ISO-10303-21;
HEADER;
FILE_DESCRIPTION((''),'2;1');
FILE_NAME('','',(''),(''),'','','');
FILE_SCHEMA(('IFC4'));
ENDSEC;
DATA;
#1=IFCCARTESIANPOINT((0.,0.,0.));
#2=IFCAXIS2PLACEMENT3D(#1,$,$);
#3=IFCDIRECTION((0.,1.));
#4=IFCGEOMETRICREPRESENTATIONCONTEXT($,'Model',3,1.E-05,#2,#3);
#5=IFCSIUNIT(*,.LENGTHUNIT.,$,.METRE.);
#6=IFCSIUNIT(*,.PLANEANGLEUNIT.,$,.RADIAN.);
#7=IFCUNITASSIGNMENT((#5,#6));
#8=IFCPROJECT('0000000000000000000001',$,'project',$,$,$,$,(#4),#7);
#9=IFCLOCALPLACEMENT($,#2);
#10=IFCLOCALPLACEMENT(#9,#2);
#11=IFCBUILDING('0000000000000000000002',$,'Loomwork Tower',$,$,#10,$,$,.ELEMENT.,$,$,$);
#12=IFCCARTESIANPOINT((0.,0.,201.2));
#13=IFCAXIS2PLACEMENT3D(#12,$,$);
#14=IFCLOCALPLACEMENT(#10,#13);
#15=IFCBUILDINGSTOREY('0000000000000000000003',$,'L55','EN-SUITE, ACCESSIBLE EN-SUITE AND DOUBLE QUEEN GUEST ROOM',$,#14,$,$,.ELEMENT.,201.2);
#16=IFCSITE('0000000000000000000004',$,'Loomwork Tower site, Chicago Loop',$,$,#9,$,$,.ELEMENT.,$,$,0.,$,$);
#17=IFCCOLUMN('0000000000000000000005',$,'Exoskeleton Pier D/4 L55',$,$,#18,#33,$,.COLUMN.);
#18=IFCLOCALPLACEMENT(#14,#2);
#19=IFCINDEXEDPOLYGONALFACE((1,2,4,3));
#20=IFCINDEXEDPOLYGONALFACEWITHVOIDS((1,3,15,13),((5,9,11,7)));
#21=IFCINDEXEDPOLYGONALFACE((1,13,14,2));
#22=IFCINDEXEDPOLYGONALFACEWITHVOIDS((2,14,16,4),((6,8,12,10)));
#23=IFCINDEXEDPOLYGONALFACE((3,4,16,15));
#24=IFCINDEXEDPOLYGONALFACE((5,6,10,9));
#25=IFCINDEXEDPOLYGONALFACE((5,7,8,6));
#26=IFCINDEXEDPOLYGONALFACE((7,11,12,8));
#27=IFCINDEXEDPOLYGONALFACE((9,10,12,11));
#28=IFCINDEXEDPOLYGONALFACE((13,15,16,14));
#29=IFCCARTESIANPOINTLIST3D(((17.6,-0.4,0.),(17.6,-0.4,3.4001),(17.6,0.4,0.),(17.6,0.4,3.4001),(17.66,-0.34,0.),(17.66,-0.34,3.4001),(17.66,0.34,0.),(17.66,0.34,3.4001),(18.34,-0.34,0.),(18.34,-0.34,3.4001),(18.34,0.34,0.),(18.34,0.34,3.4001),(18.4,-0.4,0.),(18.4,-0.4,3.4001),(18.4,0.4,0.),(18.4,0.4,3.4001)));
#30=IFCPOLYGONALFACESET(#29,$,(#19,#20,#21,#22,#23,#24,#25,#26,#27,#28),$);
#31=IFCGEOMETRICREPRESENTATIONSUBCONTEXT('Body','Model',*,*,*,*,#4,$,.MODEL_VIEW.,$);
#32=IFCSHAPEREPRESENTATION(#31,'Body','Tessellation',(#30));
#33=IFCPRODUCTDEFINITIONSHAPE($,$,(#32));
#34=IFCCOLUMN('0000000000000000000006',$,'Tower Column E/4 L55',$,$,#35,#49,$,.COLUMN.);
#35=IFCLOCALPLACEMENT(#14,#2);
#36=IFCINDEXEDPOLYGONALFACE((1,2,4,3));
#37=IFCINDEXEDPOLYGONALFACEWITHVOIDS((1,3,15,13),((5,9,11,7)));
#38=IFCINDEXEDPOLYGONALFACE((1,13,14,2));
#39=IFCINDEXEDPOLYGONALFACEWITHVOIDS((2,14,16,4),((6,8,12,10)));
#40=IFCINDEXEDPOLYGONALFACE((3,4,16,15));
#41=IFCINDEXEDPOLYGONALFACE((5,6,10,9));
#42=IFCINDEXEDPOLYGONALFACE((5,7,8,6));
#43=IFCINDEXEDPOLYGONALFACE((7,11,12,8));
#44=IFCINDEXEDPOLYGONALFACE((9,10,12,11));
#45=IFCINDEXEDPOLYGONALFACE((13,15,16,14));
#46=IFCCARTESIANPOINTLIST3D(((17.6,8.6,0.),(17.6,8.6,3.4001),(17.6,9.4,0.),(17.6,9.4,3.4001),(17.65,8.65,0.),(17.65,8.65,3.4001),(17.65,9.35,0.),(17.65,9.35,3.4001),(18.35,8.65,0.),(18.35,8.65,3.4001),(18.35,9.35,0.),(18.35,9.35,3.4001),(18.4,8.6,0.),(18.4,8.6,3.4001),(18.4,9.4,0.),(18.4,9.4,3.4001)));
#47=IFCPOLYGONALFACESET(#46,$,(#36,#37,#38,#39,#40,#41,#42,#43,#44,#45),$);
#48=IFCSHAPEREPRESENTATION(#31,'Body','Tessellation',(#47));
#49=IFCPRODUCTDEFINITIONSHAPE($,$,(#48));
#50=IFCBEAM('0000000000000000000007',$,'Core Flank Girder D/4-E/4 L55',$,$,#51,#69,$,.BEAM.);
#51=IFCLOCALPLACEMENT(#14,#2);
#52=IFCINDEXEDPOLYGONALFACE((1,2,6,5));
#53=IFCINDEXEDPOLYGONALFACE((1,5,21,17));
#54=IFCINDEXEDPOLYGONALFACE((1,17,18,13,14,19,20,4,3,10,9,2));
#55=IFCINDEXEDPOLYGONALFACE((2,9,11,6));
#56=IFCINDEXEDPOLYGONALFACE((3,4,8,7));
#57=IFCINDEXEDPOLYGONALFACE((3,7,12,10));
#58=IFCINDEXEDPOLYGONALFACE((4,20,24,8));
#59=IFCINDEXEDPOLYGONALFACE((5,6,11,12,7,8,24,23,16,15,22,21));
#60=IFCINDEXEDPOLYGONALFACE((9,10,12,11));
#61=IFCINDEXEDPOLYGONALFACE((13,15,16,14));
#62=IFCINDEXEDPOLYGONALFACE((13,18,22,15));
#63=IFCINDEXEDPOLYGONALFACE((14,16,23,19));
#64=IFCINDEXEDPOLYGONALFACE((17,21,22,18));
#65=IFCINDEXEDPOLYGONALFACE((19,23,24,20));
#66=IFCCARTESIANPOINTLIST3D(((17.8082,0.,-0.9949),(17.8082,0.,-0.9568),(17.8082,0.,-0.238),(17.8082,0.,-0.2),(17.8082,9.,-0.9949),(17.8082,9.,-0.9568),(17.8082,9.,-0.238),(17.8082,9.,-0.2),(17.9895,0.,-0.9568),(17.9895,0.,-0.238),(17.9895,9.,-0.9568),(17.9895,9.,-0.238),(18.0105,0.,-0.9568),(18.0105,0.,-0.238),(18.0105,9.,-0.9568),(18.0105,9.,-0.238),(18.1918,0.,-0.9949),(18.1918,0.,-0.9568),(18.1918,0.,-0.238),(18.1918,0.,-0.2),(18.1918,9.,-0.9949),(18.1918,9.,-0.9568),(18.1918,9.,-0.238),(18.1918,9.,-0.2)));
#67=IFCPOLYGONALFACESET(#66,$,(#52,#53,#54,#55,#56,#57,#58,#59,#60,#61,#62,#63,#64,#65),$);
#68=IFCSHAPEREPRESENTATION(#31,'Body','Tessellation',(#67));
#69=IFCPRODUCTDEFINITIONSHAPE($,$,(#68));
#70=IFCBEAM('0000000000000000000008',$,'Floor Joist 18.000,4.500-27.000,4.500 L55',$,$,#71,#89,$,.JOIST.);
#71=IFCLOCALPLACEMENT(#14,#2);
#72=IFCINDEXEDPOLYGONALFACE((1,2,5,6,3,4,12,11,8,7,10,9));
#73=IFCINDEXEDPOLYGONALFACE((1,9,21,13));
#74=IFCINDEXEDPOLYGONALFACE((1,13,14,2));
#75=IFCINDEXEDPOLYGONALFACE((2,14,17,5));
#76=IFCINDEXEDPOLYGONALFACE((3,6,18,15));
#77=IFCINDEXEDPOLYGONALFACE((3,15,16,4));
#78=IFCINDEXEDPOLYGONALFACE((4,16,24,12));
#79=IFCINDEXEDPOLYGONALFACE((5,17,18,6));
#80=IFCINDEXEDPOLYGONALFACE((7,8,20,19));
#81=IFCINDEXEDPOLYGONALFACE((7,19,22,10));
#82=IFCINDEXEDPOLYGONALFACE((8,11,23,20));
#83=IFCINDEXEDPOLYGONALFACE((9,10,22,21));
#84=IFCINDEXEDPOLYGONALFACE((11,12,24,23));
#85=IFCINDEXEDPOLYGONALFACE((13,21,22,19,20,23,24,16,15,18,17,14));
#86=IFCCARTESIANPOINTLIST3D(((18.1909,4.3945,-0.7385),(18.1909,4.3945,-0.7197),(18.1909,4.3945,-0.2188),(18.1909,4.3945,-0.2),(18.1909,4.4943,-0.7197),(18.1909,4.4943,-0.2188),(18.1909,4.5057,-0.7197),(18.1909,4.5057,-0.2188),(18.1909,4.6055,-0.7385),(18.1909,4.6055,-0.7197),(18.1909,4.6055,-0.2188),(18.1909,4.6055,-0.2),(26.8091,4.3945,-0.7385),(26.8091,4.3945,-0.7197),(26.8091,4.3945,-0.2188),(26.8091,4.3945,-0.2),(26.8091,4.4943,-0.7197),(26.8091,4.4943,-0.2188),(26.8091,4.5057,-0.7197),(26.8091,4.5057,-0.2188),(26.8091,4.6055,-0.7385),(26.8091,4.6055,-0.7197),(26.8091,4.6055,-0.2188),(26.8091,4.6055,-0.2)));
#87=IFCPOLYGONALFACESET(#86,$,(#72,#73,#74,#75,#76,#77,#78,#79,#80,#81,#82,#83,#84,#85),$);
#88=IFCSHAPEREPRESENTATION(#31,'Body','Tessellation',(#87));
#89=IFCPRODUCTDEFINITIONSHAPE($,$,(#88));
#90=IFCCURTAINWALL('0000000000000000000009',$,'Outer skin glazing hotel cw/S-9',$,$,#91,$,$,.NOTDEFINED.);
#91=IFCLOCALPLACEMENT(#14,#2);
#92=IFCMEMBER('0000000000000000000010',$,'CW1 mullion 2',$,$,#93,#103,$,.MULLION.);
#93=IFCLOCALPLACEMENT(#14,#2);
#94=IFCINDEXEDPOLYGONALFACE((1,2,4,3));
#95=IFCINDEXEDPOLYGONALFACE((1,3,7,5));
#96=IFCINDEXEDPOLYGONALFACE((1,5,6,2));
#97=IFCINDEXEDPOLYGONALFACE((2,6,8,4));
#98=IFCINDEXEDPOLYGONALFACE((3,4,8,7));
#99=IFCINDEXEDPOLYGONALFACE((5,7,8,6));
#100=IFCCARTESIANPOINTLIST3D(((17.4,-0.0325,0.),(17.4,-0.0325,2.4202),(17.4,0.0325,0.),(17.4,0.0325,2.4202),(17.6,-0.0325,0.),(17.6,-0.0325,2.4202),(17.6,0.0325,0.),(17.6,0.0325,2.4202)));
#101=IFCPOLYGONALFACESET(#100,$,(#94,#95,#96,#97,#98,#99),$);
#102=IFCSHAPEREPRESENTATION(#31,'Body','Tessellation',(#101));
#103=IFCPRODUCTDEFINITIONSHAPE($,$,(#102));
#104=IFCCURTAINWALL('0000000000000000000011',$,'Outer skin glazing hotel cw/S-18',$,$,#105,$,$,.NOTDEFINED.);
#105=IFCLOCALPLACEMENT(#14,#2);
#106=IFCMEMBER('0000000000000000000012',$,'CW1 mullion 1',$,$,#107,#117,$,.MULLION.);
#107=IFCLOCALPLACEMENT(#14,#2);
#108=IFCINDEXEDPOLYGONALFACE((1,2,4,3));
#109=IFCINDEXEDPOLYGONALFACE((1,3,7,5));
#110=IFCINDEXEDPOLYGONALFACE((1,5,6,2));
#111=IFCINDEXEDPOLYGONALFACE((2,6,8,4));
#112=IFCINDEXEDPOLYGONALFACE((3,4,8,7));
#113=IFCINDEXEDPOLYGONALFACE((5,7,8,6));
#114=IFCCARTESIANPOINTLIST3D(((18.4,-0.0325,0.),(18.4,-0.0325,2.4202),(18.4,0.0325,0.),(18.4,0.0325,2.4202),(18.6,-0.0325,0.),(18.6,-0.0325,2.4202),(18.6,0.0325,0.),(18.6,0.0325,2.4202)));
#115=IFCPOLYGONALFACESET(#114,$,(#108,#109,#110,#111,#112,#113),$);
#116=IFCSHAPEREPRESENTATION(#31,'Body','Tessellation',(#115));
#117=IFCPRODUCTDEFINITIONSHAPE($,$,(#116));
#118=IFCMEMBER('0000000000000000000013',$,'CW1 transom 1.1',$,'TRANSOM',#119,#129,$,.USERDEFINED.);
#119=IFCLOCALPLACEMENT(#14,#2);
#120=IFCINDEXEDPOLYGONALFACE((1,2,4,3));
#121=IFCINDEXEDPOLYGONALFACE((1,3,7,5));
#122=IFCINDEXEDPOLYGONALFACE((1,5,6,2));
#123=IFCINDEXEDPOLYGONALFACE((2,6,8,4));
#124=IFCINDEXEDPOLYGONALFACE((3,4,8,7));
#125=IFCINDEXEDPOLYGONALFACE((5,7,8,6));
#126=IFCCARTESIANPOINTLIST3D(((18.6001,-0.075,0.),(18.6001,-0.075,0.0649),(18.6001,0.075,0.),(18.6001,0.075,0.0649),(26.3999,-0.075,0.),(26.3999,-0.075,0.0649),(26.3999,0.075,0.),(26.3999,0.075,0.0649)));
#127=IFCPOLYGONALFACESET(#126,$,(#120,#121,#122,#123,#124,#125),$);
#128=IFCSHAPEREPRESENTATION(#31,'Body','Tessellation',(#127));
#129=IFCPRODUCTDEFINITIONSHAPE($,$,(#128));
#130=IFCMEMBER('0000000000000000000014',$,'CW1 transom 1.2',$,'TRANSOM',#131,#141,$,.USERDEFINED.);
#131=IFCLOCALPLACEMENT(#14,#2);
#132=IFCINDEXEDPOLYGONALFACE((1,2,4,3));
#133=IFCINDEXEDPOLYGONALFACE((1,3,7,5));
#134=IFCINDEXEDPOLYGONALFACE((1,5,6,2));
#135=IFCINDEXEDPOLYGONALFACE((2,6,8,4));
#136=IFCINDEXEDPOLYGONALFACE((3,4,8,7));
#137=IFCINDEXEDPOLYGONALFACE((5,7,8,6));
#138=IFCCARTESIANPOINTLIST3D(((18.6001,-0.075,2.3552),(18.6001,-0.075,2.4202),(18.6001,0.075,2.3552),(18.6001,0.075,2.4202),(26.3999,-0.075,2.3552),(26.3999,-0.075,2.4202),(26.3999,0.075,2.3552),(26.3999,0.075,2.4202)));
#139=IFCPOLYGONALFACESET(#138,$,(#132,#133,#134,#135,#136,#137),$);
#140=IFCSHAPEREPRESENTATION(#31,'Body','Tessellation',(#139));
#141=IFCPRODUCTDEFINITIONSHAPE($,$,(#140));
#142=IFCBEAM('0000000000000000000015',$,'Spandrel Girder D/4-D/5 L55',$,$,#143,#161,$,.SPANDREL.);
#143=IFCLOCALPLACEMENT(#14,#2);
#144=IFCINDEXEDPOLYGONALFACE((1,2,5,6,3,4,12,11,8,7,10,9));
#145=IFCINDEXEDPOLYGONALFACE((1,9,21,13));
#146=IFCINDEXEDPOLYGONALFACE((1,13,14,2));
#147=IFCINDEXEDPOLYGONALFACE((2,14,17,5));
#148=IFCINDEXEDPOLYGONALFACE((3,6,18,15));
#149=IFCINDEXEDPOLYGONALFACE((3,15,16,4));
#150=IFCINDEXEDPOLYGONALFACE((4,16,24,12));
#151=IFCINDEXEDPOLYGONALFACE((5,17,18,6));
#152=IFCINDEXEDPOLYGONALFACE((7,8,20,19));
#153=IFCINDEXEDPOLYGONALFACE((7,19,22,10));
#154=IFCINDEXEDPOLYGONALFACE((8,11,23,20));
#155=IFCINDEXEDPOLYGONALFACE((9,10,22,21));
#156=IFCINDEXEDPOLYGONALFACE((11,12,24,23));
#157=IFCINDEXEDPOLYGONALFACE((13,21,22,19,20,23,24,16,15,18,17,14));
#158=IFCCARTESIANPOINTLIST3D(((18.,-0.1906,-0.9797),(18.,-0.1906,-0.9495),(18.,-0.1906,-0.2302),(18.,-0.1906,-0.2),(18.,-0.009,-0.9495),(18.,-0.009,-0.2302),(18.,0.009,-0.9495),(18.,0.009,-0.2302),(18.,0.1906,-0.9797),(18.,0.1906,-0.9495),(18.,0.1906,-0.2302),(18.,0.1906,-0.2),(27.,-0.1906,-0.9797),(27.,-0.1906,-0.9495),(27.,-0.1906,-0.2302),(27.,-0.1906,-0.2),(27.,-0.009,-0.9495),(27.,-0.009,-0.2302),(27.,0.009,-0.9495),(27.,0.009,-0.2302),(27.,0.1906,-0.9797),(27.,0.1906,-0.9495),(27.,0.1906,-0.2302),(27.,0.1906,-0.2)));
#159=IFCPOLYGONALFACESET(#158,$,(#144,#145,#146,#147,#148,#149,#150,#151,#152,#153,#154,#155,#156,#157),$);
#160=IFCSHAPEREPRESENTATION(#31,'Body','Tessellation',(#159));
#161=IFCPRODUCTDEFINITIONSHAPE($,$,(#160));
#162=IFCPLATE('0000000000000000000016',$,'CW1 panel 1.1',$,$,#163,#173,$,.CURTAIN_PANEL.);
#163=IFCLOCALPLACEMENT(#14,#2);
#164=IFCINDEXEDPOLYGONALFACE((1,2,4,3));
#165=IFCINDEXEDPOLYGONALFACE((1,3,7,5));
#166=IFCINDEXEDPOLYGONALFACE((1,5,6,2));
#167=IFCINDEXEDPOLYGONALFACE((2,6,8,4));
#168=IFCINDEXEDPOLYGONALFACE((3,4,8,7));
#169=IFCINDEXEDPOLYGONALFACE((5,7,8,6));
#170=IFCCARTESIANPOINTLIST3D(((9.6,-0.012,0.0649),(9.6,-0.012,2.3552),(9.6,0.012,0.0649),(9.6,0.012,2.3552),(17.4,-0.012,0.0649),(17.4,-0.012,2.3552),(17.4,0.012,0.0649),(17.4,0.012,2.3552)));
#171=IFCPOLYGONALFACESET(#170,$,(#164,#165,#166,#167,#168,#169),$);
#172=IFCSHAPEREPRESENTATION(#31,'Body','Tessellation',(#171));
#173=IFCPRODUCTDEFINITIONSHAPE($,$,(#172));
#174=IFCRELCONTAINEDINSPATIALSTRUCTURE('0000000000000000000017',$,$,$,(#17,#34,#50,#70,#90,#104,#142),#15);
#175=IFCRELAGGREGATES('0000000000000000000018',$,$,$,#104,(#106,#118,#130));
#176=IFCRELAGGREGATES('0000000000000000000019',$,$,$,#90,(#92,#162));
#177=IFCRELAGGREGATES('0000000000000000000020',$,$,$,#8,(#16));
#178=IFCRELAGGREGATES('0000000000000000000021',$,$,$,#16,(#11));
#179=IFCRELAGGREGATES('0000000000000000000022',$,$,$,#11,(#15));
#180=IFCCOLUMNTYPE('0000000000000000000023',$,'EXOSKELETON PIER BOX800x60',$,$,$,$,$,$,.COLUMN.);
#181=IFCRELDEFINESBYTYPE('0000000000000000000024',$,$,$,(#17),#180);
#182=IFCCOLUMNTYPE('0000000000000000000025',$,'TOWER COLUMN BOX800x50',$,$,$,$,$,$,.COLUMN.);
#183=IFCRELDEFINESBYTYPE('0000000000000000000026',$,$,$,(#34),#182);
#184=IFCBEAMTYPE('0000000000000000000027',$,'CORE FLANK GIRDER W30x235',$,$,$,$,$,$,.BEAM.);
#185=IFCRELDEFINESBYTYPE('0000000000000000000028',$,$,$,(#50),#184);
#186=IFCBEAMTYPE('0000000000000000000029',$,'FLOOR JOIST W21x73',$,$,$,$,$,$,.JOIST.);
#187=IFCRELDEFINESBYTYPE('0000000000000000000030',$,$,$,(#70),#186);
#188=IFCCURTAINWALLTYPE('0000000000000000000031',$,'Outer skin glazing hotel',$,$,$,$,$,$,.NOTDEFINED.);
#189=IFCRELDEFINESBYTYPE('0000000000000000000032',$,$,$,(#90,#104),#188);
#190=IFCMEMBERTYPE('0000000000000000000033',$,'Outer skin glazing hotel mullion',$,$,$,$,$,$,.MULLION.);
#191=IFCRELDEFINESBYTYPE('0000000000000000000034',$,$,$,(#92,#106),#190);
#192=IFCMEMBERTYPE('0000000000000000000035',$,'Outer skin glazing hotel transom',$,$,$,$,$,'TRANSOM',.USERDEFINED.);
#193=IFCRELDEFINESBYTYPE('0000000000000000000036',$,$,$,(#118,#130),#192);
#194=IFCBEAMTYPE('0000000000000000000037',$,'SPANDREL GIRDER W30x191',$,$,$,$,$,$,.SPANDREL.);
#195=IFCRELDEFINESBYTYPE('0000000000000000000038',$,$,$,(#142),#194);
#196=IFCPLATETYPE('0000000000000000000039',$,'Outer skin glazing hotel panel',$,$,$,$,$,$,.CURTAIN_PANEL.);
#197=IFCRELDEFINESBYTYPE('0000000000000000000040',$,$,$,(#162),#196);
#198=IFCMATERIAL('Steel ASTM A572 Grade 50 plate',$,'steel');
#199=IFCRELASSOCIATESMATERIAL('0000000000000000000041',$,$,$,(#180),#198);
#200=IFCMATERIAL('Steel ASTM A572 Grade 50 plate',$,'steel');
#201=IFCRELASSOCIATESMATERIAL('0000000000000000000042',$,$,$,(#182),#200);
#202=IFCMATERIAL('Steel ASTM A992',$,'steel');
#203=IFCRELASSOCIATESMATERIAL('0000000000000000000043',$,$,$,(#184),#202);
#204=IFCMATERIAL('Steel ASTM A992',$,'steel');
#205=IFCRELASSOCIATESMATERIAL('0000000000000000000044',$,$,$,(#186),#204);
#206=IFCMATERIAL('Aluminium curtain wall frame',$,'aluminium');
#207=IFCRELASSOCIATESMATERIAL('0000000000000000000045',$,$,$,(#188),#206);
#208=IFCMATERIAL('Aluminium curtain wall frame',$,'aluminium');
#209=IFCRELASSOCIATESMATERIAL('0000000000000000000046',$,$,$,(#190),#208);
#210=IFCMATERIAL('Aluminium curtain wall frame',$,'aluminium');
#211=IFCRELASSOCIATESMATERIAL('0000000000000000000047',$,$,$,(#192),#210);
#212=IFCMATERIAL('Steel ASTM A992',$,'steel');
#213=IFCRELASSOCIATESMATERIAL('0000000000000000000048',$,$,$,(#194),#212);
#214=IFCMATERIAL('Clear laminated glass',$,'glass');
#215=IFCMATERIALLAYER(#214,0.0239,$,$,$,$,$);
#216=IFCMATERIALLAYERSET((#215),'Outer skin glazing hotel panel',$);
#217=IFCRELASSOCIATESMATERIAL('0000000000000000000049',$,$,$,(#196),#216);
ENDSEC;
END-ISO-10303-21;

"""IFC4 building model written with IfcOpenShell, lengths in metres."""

from ifc_helpers import new_model, si_unit, direction, frame, origin, origin_2d, place, context, subcontext, project, spatial, rectangle, hollow_rectangle, i_section, extrude, material, layer, layer_set, material_profile, profile_set, type_object, element, aggregate, save


model = new_model("IFC4")

# Units and contexts
model_context = context("Model", 3, precision=1e-05, world=origin(), true_north=direction((0.0, 1.0)))
body_context = subcontext(model_context, "Body", "Model", "MODEL_VIEW")
ifc_project = project(units=[si_unit("LENGTHUNIT", "METRE"), si_unit("PLANEANGLEUNIT", "RADIAN")], contexts=[model_context])

# Site, building, storey
site_placement = place(None, origin())
site = spatial("IfcSite", under=ifc_project, at=site_placement, Name="Loomwork Tower site, Chicago Loop", CompositionType="ELEMENT", RefElevation=0.0)
building_placement = place(site_placement, origin())
building = spatial("IfcBuilding", under=site, at=building_placement, Name="Loomwork Tower", CompositionType="ELEMENT")
storey_placement = place(building_placement, frame((0.0, 0.0, 201.2)))
storey = spatial("IfcBuildingStorey", under=building, at=storey_placement, Name="L55", Description="EN-SUITE, ACCESSIBLE EN-SUITE AND DOUBLE QUEEN GUEST ROOM", CompositionType="ELEMENT", Elevation=201.2)

# Columns
ifc_material_1 = material(Name="Steel ASTM A572 Grade 50 plate", Category="steel")
ifc_material_profile_1 = material_profile(ifc_material_1, hollow_rectangle(XDim=0.8, YDim=0.8, WallThickness=0.0601, at=origin_2d()), Name="BOX800x60")
ifc_profile_set_1 = profile_set([ifc_material_profile_1], Name="Steel ASTM A572 Grade 50 plate")
column_type_1 = type_object("IfcColumnType", Name="EXOSKELETON PIER BOX800x60", PredefinedType="COLUMN", material=ifc_profile_set_1)
column_1_placement = place(storey_placement, frame((18.0, 0.0, 0.0), z_axis=(0.0, 0.0, 1.0), x_axis=(1.0, 0.0, 0.0)))
element("IfcColumn", 1, at=column_1_placement, inside=storey, type_object=column_type_1, Name="Exoskeleton Pier D/4 L55", PredefinedType="COLUMN", context=body_context, shape_type="SweptSolid", body=[
    extrude(hollow_rectangle(XDim=0.8, YDim=0.8, WallThickness=0.0601, at=origin_2d()), origin(), (0.0, 0.0, 1.0), 3.4001),
])
ifc_material_2 = material(Name="Steel ASTM A572 Grade 50 plate", Category="steel")
ifc_material_profile_2 = material_profile(ifc_material_2, hollow_rectangle(XDim=0.8, YDim=0.8, WallThickness=0.05, at=origin_2d()), Name="BOX800x50")
ifc_profile_set_2 = profile_set([ifc_material_profile_2], Name="Steel ASTM A572 Grade 50 plate")
column_type_2 = type_object("IfcColumnType", Name="TOWER COLUMN BOX800x50", PredefinedType="COLUMN", material=ifc_profile_set_2)
column_2_placement = place(storey_placement, frame((18.0, 9.0, 0.0), z_axis=(0.0, 0.0, 1.0), x_axis=(1.0, 0.0, 0.0)))
element("IfcColumn", 2, at=column_2_placement, inside=storey, type_object=column_type_2, Name="Tower Column E/4 L55", PredefinedType="COLUMN", context=body_context, shape_type="SweptSolid", body=[
    extrude(hollow_rectangle(XDim=0.8, YDim=0.8, WallThickness=0.05, at=origin_2d()), origin(), (0.0, 0.0, 1.0), 3.4001),
])

# Beams
ifc_material_3 = material(Name="Steel ASTM A992", Category="steel")
ifc_material_profile_3 = material_profile(ifc_material_3, i_section(OverallWidth=0.3835, OverallDepth=0.7949, WebThickness=0.021, FlangeThickness=0.0381, at=origin_2d()), Name="W30x235")
ifc_profile_set_3 = profile_set([ifc_material_profile_3], Name="Steel ASTM A992")
beam_type_1 = type_object("IfcBeamType", Name="CORE FLANK GIRDER W30x235", PredefinedType="BEAM", material=ifc_profile_set_3)
beam_1_placement = place(storey_placement, frame((18.0, 0.0, -0.5974), z_axis=(0.0, 1.0, 0.0), x_axis=(-1.0, 0.0, 0.0)))
element("IfcBeam", 3, at=beam_1_placement, inside=storey, type_object=beam_type_1, Name="Core Flank Girder D/4-E/4 L55", PredefinedType="BEAM", context=body_context, shape_type="SweptSolid", body=[
    extrude(i_section(OverallWidth=0.3835, OverallDepth=0.7949, WebThickness=0.021, FlangeThickness=0.0381, at=origin_2d()), origin(), (0.0, 0.0, 1.0), 9.0),
])
ifc_material_4 = material(Name="Steel ASTM A992", Category="steel")
ifc_material_profile_4 = material_profile(ifc_material_4, i_section(OverallWidth=0.2109, OverallDepth=0.5386, WebThickness=0.0115, FlangeThickness=0.0188, at=origin_2d()), Name="W21x73")
ifc_profile_set_4 = profile_set([ifc_material_profile_4], Name="Steel ASTM A992")
beam_type_2 = type_object("IfcBeamType", Name="FLOOR JOIST W21x73", PredefinedType="JOIST", material=ifc_profile_set_4)
beam_2_placement = place(storey_placement, frame((18.1909, 4.5, -0.4692), z_axis=(1.0, 0.0, 0.0), x_axis=(0.0, 1.0, 0.0)))
element("IfcBeam", 4, at=beam_2_placement, inside=storey, type_object=beam_type_2, Name="Floor Joist 18.000,4.500-27.000,4.500 L55", PredefinedType="JOIST", context=body_context, shape_type="SweptSolid", body=[
    extrude(i_section(OverallWidth=0.2109, OverallDepth=0.5386, WebThickness=0.0115, FlangeThickness=0.0188, at=origin_2d()), origin(), (0.0, 0.0, 1.0), 8.6182),
])

# Curtain wall, member
ifc_material_5 = material(Name="Aluminium curtain wall frame", Category="aluminium")
curtain_wall_type = type_object("IfcCurtainWallType", Name="Outer skin glazing hotel", PredefinedType="NOTDEFINED", material=ifc_material_5)
curtain_wall_1_placement = place(storey_placement, origin())
curtain_wall_1 = element("IfcCurtainWall", 5, at=curtain_wall_1_placement, inside=storey, type_object=curtain_wall_type, Name="Outer skin glazing hotel cw/S-9", PredefinedType="NOTDEFINED")
ifc_material_6 = material(Name="Aluminium curtain wall frame", Category="aluminium")
ifc_material_profile_5 = material_profile(ifc_material_6, rectangle(XDim=0.0649, YDim=0.2, at=origin_2d()), Name="AL 65x200")
ifc_profile_set_5 = profile_set([ifc_material_profile_5], Name="Aluminium curtain wall frame")
member_type_1 = type_object("IfcMemberType", Name="Outer skin glazing hotel mullion", PredefinedType="MULLION", material=ifc_profile_set_5)
member_1_placement = place(storey_placement, frame((17.5, 0.0, 0.0), z_axis=(0.0, 0.0, 1.0), x_axis=(0.0, 1.0, 0.0)))
member_1 = element("IfcMember", 6, at=member_1_placement, type_object=member_type_1, Name="CW1 mullion 2", PredefinedType="MULLION", context=body_context, shape_type="SweptSolid", body=[
    extrude(rectangle(XDim=0.0649, YDim=0.2, at=origin_2d()), origin(), (0.0, 0.0, 1.0), 2.4202),
])

# Curtain wall, members
curtain_wall_2_placement = place(storey_placement, origin())
curtain_wall_2 = element("IfcCurtainWall", 7, at=curtain_wall_2_placement, inside=storey, type_object=curtain_wall_type, Name="Outer skin glazing hotel cw/S-18", PredefinedType="NOTDEFINED")
member_2_placement = place(storey_placement, frame((18.5, 0.0, 0.0), z_axis=(0.0, 0.0, 1.0), x_axis=(0.0, 1.0, 0.0)))
member_2 = element("IfcMember", 8, at=member_2_placement, type_object=member_type_1, Name="CW1 mullion 1", PredefinedType="MULLION", context=body_context, shape_type="SweptSolid", body=[
    extrude(rectangle(XDim=0.0649, YDim=0.2, at=origin_2d()), origin(), (0.0, 0.0, 1.0), 2.4202),
])
ifc_material_7 = material(Name="Aluminium curtain wall frame", Category="aluminium")
ifc_material_profile_6 = material_profile(ifc_material_7, rectangle(XDim=0.1499, YDim=0.0649, at=origin_2d()), Name="AL 65x150")
ifc_profile_set_6 = profile_set([ifc_material_profile_6], Name="Aluminium curtain wall frame")
member_type_2 = type_object("IfcMemberType", Name="Outer skin glazing hotel transom", ElementType="TRANSOM", PredefinedType="USERDEFINED", material=ifc_profile_set_6)
member_3_placement = place(storey_placement, frame((18.6001, 0.0, 0.0325), z_axis=(1.0, 0.0, 0.0), x_axis=(0.0, 1.0, 0.0)))
member_3 = element("IfcMember", 9, at=member_3_placement, type_object=member_type_2, Name="CW1 transom 1.1", ObjectType="TRANSOM", PredefinedType="USERDEFINED", context=body_context, shape_type="SweptSolid", body=[
    extrude(rectangle(XDim=0.1499, YDim=0.0649, at=origin_2d()), origin(), (0.0, 0.0, 1.0), 7.7998),
])
member_4_placement = place(storey_placement, frame((18.6001, 0.0, 2.3877), z_axis=(1.0, 0.0, 0.0), x_axis=(0.0, 1.0, 0.0)))
member_4 = element("IfcMember", 10, at=member_4_placement, type_object=member_type_2, Name="CW1 transom 1.2", ObjectType="TRANSOM", PredefinedType="USERDEFINED", context=body_context, shape_type="SweptSolid", body=[
    extrude(rectangle(XDim=0.1499, YDim=0.0649, at=origin_2d()), origin(), (0.0, 0.0, 1.0), 7.7998),
])
aggregate(curtain_wall_2, [member_2, member_3, member_4])

# Beam
ifc_material_8 = material(Name="Steel ASTM A992", Category="steel")
ifc_material_profile_7 = material_profile(ifc_material_8, i_section(OverallWidth=0.3811, OverallDepth=0.7798, WebThickness=0.0181, FlangeThickness=0.0303, at=origin_2d()), Name="W30x191")
ifc_profile_set_7 = profile_set([ifc_material_profile_7], Name="Steel ASTM A992")
beam_type_3 = type_object("IfcBeamType", Name="SPANDREL GIRDER W30x191", PredefinedType="SPANDREL", material=ifc_profile_set_7)
beam_3_placement = place(storey_placement, frame((18.0, 0.0, -0.5898), z_axis=(1.0, 0.0, 0.0), x_axis=(0.0, 1.0, 0.0)))
element("IfcBeam", 11, at=beam_3_placement, inside=storey, type_object=beam_type_3, Name="Spandrel Girder D/4-D/5 L55", PredefinedType="SPANDREL", context=body_context, shape_type="SweptSolid", body=[
    extrude(i_section(OverallWidth=0.3811, OverallDepth=0.7798, WebThickness=0.0181, FlangeThickness=0.0303, at=origin_2d()), origin(), (0.0, 0.0, 1.0), 9.0),
])

# Plate
ifc_material_9 = material(Name="Clear laminated glass", Category="glass")
ifc_layer_1 = layer(ifc_material_9, 0.0239)
ifc_layer_set_1 = layer_set([ifc_layer_1], Name="Outer skin glazing hotel panel")
plate_type = type_object("IfcPlateType", Name="Outer skin glazing hotel panel", PredefinedType="CURTAIN_PANEL", material=ifc_layer_set_1)
plate_placement = place(storey_placement, frame((13.5, 0.0, 0.0649), z_axis=(0.0, 0.0, 1.0), x_axis=(1.0, 0.0, 0.0)))
plate = element("IfcPlate", 12, at=plate_placement, type_object=plate_type, Name="CW1 panel 1.1", PredefinedType="CURTAIN_PANEL", context=body_context, shape_type="SweptSolid", body=[
    extrude(rectangle(XDim=7.8, YDim=0.0239, at=origin_2d()), origin(), (0.0, 0.0, 1.0), 2.2903),
])
aggregate(curtain_wall_1, [member_1, plate])

save(model, "model.ifc")
